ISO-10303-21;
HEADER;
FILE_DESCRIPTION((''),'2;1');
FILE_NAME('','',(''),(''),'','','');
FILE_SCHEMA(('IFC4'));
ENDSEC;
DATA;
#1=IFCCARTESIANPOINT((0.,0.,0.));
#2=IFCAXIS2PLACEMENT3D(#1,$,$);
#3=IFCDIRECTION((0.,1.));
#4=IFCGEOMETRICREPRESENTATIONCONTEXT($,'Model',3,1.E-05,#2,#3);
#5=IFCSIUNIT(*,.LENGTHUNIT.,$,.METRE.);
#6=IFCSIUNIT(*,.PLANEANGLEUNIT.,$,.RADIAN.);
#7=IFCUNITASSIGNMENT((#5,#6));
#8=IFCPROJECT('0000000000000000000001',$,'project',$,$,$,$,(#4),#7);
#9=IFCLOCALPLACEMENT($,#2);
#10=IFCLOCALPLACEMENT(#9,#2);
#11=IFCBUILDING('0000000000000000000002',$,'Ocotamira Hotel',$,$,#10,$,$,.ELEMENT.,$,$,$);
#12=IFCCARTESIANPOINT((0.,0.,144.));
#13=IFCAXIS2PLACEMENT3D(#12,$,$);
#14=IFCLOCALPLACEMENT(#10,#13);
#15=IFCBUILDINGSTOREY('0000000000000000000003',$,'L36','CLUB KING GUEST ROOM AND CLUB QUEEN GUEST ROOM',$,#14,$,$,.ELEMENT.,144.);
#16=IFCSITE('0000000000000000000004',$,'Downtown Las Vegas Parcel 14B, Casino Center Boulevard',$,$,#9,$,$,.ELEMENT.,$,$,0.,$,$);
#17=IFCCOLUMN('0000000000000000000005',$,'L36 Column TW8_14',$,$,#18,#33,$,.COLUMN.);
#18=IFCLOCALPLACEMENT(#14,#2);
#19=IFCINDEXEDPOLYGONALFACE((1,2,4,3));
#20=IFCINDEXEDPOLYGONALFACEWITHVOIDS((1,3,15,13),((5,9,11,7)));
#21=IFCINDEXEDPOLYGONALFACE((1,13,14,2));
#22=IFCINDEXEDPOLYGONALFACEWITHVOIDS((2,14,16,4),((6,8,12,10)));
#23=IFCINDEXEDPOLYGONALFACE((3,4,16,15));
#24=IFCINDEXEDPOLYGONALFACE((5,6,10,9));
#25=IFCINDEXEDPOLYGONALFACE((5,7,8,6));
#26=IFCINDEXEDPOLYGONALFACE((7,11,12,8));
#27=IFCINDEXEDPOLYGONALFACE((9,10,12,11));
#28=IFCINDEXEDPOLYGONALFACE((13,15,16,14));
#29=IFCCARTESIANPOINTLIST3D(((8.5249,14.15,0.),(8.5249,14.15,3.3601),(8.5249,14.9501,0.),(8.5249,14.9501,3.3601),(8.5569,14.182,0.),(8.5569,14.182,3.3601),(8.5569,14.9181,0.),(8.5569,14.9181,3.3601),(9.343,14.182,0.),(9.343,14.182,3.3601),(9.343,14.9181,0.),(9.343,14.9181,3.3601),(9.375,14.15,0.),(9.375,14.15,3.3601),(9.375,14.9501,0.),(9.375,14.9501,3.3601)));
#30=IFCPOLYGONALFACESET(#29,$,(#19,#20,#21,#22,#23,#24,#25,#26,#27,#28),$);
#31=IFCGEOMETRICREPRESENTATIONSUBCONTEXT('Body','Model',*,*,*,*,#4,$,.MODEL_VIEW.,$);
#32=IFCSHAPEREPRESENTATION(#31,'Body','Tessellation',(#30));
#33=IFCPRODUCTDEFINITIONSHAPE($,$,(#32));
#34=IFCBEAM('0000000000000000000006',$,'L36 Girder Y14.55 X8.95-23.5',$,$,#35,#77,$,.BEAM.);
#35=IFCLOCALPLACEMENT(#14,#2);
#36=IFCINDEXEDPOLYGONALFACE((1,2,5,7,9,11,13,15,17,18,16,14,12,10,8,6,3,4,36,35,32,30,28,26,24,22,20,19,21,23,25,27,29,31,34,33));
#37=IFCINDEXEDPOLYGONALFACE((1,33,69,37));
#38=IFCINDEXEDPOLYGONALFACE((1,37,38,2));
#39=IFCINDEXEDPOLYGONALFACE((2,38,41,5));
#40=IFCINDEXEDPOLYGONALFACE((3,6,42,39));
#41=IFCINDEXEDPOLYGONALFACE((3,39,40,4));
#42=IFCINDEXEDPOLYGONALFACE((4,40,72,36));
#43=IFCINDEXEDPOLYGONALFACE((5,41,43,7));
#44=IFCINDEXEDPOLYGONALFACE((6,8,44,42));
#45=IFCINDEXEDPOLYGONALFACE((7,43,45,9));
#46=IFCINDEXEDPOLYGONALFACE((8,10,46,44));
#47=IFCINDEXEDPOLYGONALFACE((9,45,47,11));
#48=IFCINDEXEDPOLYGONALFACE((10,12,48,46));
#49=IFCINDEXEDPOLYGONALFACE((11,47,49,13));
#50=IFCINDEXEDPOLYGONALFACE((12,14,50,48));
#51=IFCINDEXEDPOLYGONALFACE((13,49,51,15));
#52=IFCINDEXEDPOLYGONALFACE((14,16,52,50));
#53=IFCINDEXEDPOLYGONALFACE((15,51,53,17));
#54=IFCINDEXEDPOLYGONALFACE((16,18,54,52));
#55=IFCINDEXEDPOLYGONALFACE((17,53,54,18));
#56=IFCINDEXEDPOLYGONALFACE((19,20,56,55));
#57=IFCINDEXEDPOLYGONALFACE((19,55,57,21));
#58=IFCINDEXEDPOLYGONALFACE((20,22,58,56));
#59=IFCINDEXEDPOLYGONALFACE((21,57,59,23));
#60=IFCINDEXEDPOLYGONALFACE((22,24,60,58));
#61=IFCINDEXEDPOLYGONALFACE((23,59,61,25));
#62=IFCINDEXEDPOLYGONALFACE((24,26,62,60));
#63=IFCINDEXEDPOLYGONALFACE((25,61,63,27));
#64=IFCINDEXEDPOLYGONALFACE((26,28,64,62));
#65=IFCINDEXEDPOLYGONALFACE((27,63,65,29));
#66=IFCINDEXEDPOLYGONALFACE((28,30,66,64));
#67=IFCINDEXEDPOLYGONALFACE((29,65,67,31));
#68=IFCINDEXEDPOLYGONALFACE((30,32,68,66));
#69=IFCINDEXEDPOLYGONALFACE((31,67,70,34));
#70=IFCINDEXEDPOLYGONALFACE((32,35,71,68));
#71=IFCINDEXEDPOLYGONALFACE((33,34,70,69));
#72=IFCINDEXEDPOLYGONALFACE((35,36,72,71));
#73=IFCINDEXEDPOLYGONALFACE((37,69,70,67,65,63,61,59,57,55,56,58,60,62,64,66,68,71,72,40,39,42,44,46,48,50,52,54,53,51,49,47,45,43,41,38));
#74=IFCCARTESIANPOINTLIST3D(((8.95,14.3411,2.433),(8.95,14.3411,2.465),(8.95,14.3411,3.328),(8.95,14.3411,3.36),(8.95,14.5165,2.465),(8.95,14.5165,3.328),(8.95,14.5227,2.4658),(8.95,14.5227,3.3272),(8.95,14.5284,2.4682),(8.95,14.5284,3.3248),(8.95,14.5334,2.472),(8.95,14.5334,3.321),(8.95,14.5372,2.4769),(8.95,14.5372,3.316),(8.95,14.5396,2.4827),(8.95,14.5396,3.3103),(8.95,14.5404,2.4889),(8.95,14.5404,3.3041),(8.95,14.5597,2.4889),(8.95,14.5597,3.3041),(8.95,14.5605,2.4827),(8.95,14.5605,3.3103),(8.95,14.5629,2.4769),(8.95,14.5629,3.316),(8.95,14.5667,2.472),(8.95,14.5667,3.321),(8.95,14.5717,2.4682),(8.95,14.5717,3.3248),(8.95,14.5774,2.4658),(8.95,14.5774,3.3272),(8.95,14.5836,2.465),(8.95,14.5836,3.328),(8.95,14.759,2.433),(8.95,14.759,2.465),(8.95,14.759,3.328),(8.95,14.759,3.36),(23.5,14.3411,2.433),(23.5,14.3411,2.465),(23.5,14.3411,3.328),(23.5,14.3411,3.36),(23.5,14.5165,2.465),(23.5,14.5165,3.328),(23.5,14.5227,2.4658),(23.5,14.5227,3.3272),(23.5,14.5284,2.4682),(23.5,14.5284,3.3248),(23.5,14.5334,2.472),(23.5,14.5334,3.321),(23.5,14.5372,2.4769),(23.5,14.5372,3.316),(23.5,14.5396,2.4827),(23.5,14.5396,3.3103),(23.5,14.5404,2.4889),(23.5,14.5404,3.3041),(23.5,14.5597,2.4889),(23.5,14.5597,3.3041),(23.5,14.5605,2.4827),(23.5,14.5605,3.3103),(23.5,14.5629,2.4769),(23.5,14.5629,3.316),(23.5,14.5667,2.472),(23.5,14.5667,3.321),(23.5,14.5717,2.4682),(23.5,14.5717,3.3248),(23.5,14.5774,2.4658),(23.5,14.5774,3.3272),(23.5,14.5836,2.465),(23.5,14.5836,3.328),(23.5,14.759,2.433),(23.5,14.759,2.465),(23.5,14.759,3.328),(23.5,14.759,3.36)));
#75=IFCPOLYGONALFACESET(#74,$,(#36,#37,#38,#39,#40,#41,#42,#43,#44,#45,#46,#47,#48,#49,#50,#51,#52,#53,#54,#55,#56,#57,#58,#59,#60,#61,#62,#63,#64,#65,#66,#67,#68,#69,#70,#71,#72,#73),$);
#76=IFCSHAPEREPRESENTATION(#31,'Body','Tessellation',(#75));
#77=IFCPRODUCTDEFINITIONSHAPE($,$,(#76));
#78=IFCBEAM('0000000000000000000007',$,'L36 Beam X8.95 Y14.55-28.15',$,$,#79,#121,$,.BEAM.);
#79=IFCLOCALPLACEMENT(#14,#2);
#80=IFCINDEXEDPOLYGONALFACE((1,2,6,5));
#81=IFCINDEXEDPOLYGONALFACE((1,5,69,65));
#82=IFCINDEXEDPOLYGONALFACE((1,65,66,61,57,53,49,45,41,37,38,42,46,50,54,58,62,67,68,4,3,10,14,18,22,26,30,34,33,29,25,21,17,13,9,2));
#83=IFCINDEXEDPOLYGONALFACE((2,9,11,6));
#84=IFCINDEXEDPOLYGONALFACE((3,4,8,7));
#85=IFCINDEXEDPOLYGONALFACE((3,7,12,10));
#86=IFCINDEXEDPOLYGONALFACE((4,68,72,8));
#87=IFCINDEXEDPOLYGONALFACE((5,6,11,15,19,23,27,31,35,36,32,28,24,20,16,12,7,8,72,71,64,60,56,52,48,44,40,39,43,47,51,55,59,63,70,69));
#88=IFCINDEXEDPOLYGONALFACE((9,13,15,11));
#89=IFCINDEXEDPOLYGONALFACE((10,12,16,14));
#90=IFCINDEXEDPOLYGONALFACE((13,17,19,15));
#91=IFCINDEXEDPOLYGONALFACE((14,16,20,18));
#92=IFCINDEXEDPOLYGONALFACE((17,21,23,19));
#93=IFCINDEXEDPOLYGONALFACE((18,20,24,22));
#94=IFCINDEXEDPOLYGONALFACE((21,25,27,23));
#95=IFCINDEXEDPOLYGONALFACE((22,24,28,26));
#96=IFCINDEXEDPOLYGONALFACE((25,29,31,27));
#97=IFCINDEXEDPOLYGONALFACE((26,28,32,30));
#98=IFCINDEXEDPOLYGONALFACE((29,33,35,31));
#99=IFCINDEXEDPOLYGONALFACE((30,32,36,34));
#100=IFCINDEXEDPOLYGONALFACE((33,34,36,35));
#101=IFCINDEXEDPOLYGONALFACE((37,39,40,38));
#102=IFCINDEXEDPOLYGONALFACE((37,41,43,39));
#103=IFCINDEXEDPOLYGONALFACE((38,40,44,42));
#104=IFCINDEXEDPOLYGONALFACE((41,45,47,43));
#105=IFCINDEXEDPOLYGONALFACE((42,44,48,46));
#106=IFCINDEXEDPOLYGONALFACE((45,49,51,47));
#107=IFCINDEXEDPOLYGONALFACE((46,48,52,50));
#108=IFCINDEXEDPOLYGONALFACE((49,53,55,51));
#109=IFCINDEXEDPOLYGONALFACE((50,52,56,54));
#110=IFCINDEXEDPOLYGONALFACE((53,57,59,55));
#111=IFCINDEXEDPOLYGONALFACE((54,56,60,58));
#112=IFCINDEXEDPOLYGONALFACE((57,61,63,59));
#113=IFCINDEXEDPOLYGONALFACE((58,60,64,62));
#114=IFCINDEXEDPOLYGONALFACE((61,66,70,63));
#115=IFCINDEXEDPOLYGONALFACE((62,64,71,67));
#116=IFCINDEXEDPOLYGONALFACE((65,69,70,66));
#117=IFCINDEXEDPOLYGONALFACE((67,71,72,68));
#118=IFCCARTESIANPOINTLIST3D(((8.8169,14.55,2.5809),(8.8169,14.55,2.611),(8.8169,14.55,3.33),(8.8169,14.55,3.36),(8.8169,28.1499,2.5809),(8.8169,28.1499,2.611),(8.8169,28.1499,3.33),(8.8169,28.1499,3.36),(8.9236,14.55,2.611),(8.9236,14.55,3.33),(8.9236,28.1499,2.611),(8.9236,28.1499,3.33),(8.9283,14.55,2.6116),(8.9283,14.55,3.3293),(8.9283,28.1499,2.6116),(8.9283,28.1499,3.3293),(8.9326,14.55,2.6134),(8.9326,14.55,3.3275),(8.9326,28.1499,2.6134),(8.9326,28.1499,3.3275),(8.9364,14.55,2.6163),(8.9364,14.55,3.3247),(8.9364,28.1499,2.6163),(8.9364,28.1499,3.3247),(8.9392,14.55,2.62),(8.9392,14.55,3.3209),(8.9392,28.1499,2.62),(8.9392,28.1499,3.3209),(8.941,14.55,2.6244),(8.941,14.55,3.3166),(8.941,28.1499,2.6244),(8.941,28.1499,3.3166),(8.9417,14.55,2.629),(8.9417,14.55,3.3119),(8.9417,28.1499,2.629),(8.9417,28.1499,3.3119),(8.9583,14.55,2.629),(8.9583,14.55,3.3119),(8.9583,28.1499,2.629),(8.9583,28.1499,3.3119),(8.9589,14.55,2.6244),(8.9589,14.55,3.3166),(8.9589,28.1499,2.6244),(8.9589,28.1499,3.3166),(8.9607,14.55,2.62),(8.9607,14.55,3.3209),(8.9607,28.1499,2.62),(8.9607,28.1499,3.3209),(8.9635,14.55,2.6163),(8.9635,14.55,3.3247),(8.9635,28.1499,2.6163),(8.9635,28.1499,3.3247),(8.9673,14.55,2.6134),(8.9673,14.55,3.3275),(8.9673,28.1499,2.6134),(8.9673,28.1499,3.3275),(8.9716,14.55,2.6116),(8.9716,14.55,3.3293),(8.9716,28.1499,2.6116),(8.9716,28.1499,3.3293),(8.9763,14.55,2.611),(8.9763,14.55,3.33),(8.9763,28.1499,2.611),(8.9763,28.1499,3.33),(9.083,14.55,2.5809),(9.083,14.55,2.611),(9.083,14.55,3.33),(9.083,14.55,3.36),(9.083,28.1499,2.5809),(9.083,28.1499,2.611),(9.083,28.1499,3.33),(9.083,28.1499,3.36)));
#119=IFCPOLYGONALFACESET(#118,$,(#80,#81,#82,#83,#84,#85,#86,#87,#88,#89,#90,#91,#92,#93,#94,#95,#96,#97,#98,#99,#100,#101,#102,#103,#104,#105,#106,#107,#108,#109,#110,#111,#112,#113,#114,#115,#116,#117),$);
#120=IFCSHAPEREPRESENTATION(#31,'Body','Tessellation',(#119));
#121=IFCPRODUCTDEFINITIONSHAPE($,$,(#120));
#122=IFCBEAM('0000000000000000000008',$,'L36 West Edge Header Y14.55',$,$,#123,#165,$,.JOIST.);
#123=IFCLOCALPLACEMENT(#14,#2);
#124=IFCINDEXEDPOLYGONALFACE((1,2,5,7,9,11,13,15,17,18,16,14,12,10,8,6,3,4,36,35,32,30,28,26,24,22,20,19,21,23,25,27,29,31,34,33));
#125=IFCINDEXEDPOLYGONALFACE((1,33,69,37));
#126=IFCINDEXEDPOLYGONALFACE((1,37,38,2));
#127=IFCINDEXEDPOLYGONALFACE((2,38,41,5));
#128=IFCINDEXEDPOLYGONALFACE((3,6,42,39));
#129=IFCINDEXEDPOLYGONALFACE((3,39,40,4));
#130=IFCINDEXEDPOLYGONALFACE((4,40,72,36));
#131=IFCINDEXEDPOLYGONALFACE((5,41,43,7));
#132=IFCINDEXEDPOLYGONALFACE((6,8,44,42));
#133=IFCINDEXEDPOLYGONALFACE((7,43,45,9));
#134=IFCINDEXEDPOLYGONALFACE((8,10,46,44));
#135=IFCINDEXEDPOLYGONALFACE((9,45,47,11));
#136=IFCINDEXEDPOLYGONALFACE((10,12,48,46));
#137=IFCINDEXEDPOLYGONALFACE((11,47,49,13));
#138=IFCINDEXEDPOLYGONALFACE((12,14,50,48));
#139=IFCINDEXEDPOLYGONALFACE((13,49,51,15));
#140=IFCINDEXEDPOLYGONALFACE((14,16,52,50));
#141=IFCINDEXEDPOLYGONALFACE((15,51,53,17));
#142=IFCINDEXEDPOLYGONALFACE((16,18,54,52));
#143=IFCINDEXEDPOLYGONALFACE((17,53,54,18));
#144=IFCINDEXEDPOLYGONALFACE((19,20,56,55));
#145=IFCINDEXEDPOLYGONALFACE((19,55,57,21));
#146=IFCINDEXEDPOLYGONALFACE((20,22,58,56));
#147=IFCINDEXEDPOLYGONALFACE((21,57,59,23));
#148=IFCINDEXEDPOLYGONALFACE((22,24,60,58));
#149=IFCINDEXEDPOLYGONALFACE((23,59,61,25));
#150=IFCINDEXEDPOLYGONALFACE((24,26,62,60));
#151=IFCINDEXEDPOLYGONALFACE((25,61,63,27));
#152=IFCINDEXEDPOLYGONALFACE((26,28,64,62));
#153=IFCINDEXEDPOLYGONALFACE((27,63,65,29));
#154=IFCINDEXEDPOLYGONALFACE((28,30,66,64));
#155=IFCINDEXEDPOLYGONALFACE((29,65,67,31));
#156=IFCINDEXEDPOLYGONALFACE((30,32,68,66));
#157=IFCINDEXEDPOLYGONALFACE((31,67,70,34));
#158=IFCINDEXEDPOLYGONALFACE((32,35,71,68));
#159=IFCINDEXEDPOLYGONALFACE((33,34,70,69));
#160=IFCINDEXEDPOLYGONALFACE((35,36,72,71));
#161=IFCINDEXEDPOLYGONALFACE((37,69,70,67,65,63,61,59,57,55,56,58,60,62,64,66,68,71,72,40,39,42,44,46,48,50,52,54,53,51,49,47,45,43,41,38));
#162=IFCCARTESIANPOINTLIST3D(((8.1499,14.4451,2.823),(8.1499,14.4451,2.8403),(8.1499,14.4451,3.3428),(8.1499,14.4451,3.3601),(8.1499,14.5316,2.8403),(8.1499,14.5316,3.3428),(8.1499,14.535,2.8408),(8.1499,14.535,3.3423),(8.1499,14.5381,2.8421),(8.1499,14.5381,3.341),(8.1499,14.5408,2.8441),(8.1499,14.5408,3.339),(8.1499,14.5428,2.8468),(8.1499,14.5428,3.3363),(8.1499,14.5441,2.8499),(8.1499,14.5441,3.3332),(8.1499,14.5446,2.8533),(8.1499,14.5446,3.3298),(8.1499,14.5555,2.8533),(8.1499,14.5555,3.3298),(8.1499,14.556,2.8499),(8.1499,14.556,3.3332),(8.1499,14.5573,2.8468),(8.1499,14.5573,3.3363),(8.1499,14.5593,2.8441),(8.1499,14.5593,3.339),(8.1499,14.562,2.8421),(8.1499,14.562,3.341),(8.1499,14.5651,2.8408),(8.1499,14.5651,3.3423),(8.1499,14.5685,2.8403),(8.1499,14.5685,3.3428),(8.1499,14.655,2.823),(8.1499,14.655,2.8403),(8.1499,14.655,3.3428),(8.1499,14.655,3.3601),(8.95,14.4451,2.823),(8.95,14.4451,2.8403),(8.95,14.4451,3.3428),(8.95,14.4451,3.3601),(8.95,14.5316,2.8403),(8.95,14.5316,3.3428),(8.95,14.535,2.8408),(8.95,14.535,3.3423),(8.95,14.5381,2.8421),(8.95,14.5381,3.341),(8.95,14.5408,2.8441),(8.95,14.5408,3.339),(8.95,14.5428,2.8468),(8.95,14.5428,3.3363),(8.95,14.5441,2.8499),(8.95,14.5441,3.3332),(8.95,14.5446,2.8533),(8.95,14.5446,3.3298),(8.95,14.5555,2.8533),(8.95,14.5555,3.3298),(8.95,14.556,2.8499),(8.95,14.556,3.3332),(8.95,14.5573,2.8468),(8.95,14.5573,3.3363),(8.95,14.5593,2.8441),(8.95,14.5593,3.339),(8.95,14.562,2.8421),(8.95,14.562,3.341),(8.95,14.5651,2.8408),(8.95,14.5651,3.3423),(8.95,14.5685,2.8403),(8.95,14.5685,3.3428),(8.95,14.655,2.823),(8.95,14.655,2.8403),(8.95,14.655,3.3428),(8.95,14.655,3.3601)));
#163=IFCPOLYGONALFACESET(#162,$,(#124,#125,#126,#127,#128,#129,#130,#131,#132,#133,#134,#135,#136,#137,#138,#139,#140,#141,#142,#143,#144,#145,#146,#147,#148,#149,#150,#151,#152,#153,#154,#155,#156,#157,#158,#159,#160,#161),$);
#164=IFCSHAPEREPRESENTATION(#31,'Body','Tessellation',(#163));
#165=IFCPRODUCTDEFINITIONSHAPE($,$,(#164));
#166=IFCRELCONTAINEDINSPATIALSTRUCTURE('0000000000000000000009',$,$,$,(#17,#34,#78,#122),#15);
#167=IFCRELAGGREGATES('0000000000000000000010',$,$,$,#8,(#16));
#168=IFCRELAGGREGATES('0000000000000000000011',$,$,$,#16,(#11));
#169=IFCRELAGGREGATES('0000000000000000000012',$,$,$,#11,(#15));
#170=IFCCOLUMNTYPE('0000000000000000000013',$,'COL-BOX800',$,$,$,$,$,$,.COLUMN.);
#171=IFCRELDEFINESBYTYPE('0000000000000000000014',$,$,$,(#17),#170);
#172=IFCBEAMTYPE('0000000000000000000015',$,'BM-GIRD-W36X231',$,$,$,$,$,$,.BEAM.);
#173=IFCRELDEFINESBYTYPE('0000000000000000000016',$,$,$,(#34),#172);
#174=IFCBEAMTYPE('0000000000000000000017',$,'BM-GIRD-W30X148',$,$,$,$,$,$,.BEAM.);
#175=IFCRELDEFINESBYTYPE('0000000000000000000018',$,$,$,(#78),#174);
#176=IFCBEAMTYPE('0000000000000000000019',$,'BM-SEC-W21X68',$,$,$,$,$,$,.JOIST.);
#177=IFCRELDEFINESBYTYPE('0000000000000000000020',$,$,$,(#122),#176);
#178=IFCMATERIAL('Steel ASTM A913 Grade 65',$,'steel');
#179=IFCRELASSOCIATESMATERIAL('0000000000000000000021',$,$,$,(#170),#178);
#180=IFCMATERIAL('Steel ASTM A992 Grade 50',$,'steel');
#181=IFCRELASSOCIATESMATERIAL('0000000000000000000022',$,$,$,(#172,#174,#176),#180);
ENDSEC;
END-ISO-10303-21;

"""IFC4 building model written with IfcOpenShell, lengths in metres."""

from ifc_helpers import new_model, si_unit, direction, frame, origin, origin_2d, place, context, subcontext, project, spatial, hollow_rectangle, i_section, extrude, source, transform, mapped, material, material_profile, profile_set, type_object, element, save


model = new_model("IFC4")

# Units and contexts
model_context = context("Model", 3, precision=1e-05, world=origin(), true_north=direction((0.0, 1.0)))
body_context = subcontext(model_context, "Body", "Model", "MODEL_VIEW")
ifc_project = project(units=[si_unit("LENGTHUNIT", "METRE"), si_unit("PLANEANGLEUNIT", "RADIAN")], contexts=[model_context])

# Site, building, storey
site_placement = place(None, origin())
site = spatial("IfcSite", under=ifc_project, at=site_placement, Name="Downtown Las Vegas Parcel 14B, Casino Center Boulevard", CompositionType="ELEMENT", RefElevation=0.0)
building_placement = place(site_placement, origin())
building = spatial("IfcBuilding", under=site, at=building_placement, Name="Ocotamira Hotel", CompositionType="ELEMENT")
storey_placement = place(building_placement, frame((0.0, 0.0, 144.0)))
storey = spatial("IfcBuildingStorey", under=building, at=storey_placement, Name="L36", Description="CLUB KING GUEST ROOM AND CLUB QUEEN GUEST ROOM", CompositionType="ELEMENT", Elevation=144.0)

# Column
ifc_material_1 = material(Name="Steel ASTM A913 Grade 65", Category="steel")
ifc_material_profile_1 = material_profile(ifc_material_1, hollow_rectangle(XDim=0.8501, YDim=0.8, WallThickness=0.032, at=origin_2d()), Name="BOX800X850X32")
ifc_profile_set_1 = profile_set([ifc_material_profile_1], Name="Steel ASTM A913 Grade 65")
column_type = type_object("IfcColumnType", Name="COL-BOX800", PredefinedType="COLUMN", material=ifc_profile_set_1)
shared_shape_1 = source(origin(), body_context, "Body", "SweptSolid", [
    extrude(hollow_rectangle(XDim=0.8501, YDim=0.8, WallThickness=0.032, at=origin_2d()), origin(), (0.0, 0.0, 1.0), 3.3601),
])
column_placement = place(storey_placement, frame((8.95, 14.55, 0.0), z_axis=(0.0, 0.0, 1.0), x_axis=(1.0, 0.0, 0.0)))
element("IfcColumn", 1, at=column_placement, inside=storey, type_object=column_type, Name="L36 Column TW8_14", PredefinedType="COLUMN", context=body_context, shape_type="MappedRepresentation", body=[
    mapped(shared_shape_1, transform((0.0, 0.0, 0.0), scale=1.0)),
])

# Beams
ifc_material_2 = material(Name="Steel ASTM A992 Grade 50", Category="steel")
ifc_material_profile_2 = material_profile(ifc_material_2, i_section(OverallWidth=0.418, OverallDepth=0.927, WebThickness=0.0193, FlangeThickness=0.032, FilletRadius=0.0239, at=origin_2d()), Name="W36X231")
ifc_profile_set_2 = profile_set([ifc_material_profile_2], Name="Steel ASTM A992 Grade 50")
beam_type_1 = type_object("IfcBeamType", Name="BM-GIRD-W36X231", PredefinedType="BEAM", material=ifc_profile_set_2)
shared_shape_2 = source(origin(), body_context, "Body", "SweptSolid", [
    extrude(i_section(OverallWidth=0.418, OverallDepth=0.927, WebThickness=0.0193, FlangeThickness=0.032, FilletRadius=0.0239, at=origin_2d()), origin(), (0.0, 0.0, 1.0), 14.55),
])
beam_1_placement = place(storey_placement, frame((8.95, 14.55, 2.8965), z_axis=(1.0, 0.0, 0.0), x_axis=(0.0, 1.0, 0.0)))
element("IfcBeam", 2, at=beam_1_placement, inside=storey, type_object=beam_type_1, Name="L36 Girder Y14.55 X8.95-23.5", PredefinedType="BEAM", context=body_context, shape_type="MappedRepresentation", body=[
    mapped(shared_shape_2, transform((0.0, 0.0, 0.0), scale=1.0)),
])
ifc_material_profile_3 = material_profile(ifc_material_2, i_section(OverallWidth=0.2661, OverallDepth=0.7791, WebThickness=0.0166, FlangeThickness=0.03, FilletRadius=0.0181, at=origin_2d()), Name="W30X148")
ifc_profile_set_3 = profile_set([ifc_material_profile_3], Name="Steel ASTM A992 Grade 50")
beam_type_2 = type_object("IfcBeamType", Name="BM-GIRD-W30X148", PredefinedType="BEAM", material=ifc_profile_set_3)
shared_shape_3 = source(origin(), body_context, "Body", "SweptSolid", [
    extrude(i_section(OverallWidth=0.2661, OverallDepth=0.7791, WebThickness=0.0166, FlangeThickness=0.03, FilletRadius=0.0181, at=origin_2d()), origin(), (0.0, 0.0, 1.0), 13.5999),
])
beam_2_placement = place(storey_placement, frame((8.95, 14.55, 2.9705), z_axis=(0.0, 1.0, 0.0), x_axis=(-1.0, 0.0, 0.0)))
element("IfcBeam", 3, at=beam_2_placement, inside=storey, type_object=beam_type_2, Name="L36 Beam X8.95 Y14.55-28.15", PredefinedType="BEAM", context=body_context, shape_type="MappedRepresentation", body=[
    mapped(shared_shape_3, transform((0.0, 0.0, 0.0), scale=1.0)),
])
ifc_material_profile_4 = material_profile(ifc_material_2, i_section(OverallWidth=0.21, OverallDepth=0.5371, WebThickness=0.011, FlangeThickness=0.0173, FilletRadius=0.0129, at=origin_2d()), Name="W21X68")
ifc_profile_set_4 = profile_set([ifc_material_profile_4], Name="Steel ASTM A992 Grade 50")
beam_type_3 = type_object("IfcBeamType", Name="BM-SEC-W21X68", PredefinedType="JOIST", material=ifc_profile_set_4)
shared_shape_4 = source(origin(), body_context, "Body", "SweptSolid", [
    extrude(i_section(OverallWidth=0.21, OverallDepth=0.5371, WebThickness=0.011, FlangeThickness=0.0173, FilletRadius=0.0129, at=origin_2d()), origin(), (0.0, 0.0, 1.0), 0.8),
])
beam_3_placement = place(storey_placement, frame((8.95, 14.55, 3.0916), z_axis=(-1.0, 0.0, 0.0), x_axis=(0.0, -1.0, 0.0)))
element("IfcBeam", 4, at=beam_3_placement, inside=storey, type_object=beam_type_3, Name="L36 West Edge Header Y14.55", PredefinedType="JOIST", context=body_context, shape_type="MappedRepresentation", body=[
    mapped(shared_shape_4, transform((0.0, 0.0, 0.0), scale=1.0)),
])

save(model, "model.ifc")
